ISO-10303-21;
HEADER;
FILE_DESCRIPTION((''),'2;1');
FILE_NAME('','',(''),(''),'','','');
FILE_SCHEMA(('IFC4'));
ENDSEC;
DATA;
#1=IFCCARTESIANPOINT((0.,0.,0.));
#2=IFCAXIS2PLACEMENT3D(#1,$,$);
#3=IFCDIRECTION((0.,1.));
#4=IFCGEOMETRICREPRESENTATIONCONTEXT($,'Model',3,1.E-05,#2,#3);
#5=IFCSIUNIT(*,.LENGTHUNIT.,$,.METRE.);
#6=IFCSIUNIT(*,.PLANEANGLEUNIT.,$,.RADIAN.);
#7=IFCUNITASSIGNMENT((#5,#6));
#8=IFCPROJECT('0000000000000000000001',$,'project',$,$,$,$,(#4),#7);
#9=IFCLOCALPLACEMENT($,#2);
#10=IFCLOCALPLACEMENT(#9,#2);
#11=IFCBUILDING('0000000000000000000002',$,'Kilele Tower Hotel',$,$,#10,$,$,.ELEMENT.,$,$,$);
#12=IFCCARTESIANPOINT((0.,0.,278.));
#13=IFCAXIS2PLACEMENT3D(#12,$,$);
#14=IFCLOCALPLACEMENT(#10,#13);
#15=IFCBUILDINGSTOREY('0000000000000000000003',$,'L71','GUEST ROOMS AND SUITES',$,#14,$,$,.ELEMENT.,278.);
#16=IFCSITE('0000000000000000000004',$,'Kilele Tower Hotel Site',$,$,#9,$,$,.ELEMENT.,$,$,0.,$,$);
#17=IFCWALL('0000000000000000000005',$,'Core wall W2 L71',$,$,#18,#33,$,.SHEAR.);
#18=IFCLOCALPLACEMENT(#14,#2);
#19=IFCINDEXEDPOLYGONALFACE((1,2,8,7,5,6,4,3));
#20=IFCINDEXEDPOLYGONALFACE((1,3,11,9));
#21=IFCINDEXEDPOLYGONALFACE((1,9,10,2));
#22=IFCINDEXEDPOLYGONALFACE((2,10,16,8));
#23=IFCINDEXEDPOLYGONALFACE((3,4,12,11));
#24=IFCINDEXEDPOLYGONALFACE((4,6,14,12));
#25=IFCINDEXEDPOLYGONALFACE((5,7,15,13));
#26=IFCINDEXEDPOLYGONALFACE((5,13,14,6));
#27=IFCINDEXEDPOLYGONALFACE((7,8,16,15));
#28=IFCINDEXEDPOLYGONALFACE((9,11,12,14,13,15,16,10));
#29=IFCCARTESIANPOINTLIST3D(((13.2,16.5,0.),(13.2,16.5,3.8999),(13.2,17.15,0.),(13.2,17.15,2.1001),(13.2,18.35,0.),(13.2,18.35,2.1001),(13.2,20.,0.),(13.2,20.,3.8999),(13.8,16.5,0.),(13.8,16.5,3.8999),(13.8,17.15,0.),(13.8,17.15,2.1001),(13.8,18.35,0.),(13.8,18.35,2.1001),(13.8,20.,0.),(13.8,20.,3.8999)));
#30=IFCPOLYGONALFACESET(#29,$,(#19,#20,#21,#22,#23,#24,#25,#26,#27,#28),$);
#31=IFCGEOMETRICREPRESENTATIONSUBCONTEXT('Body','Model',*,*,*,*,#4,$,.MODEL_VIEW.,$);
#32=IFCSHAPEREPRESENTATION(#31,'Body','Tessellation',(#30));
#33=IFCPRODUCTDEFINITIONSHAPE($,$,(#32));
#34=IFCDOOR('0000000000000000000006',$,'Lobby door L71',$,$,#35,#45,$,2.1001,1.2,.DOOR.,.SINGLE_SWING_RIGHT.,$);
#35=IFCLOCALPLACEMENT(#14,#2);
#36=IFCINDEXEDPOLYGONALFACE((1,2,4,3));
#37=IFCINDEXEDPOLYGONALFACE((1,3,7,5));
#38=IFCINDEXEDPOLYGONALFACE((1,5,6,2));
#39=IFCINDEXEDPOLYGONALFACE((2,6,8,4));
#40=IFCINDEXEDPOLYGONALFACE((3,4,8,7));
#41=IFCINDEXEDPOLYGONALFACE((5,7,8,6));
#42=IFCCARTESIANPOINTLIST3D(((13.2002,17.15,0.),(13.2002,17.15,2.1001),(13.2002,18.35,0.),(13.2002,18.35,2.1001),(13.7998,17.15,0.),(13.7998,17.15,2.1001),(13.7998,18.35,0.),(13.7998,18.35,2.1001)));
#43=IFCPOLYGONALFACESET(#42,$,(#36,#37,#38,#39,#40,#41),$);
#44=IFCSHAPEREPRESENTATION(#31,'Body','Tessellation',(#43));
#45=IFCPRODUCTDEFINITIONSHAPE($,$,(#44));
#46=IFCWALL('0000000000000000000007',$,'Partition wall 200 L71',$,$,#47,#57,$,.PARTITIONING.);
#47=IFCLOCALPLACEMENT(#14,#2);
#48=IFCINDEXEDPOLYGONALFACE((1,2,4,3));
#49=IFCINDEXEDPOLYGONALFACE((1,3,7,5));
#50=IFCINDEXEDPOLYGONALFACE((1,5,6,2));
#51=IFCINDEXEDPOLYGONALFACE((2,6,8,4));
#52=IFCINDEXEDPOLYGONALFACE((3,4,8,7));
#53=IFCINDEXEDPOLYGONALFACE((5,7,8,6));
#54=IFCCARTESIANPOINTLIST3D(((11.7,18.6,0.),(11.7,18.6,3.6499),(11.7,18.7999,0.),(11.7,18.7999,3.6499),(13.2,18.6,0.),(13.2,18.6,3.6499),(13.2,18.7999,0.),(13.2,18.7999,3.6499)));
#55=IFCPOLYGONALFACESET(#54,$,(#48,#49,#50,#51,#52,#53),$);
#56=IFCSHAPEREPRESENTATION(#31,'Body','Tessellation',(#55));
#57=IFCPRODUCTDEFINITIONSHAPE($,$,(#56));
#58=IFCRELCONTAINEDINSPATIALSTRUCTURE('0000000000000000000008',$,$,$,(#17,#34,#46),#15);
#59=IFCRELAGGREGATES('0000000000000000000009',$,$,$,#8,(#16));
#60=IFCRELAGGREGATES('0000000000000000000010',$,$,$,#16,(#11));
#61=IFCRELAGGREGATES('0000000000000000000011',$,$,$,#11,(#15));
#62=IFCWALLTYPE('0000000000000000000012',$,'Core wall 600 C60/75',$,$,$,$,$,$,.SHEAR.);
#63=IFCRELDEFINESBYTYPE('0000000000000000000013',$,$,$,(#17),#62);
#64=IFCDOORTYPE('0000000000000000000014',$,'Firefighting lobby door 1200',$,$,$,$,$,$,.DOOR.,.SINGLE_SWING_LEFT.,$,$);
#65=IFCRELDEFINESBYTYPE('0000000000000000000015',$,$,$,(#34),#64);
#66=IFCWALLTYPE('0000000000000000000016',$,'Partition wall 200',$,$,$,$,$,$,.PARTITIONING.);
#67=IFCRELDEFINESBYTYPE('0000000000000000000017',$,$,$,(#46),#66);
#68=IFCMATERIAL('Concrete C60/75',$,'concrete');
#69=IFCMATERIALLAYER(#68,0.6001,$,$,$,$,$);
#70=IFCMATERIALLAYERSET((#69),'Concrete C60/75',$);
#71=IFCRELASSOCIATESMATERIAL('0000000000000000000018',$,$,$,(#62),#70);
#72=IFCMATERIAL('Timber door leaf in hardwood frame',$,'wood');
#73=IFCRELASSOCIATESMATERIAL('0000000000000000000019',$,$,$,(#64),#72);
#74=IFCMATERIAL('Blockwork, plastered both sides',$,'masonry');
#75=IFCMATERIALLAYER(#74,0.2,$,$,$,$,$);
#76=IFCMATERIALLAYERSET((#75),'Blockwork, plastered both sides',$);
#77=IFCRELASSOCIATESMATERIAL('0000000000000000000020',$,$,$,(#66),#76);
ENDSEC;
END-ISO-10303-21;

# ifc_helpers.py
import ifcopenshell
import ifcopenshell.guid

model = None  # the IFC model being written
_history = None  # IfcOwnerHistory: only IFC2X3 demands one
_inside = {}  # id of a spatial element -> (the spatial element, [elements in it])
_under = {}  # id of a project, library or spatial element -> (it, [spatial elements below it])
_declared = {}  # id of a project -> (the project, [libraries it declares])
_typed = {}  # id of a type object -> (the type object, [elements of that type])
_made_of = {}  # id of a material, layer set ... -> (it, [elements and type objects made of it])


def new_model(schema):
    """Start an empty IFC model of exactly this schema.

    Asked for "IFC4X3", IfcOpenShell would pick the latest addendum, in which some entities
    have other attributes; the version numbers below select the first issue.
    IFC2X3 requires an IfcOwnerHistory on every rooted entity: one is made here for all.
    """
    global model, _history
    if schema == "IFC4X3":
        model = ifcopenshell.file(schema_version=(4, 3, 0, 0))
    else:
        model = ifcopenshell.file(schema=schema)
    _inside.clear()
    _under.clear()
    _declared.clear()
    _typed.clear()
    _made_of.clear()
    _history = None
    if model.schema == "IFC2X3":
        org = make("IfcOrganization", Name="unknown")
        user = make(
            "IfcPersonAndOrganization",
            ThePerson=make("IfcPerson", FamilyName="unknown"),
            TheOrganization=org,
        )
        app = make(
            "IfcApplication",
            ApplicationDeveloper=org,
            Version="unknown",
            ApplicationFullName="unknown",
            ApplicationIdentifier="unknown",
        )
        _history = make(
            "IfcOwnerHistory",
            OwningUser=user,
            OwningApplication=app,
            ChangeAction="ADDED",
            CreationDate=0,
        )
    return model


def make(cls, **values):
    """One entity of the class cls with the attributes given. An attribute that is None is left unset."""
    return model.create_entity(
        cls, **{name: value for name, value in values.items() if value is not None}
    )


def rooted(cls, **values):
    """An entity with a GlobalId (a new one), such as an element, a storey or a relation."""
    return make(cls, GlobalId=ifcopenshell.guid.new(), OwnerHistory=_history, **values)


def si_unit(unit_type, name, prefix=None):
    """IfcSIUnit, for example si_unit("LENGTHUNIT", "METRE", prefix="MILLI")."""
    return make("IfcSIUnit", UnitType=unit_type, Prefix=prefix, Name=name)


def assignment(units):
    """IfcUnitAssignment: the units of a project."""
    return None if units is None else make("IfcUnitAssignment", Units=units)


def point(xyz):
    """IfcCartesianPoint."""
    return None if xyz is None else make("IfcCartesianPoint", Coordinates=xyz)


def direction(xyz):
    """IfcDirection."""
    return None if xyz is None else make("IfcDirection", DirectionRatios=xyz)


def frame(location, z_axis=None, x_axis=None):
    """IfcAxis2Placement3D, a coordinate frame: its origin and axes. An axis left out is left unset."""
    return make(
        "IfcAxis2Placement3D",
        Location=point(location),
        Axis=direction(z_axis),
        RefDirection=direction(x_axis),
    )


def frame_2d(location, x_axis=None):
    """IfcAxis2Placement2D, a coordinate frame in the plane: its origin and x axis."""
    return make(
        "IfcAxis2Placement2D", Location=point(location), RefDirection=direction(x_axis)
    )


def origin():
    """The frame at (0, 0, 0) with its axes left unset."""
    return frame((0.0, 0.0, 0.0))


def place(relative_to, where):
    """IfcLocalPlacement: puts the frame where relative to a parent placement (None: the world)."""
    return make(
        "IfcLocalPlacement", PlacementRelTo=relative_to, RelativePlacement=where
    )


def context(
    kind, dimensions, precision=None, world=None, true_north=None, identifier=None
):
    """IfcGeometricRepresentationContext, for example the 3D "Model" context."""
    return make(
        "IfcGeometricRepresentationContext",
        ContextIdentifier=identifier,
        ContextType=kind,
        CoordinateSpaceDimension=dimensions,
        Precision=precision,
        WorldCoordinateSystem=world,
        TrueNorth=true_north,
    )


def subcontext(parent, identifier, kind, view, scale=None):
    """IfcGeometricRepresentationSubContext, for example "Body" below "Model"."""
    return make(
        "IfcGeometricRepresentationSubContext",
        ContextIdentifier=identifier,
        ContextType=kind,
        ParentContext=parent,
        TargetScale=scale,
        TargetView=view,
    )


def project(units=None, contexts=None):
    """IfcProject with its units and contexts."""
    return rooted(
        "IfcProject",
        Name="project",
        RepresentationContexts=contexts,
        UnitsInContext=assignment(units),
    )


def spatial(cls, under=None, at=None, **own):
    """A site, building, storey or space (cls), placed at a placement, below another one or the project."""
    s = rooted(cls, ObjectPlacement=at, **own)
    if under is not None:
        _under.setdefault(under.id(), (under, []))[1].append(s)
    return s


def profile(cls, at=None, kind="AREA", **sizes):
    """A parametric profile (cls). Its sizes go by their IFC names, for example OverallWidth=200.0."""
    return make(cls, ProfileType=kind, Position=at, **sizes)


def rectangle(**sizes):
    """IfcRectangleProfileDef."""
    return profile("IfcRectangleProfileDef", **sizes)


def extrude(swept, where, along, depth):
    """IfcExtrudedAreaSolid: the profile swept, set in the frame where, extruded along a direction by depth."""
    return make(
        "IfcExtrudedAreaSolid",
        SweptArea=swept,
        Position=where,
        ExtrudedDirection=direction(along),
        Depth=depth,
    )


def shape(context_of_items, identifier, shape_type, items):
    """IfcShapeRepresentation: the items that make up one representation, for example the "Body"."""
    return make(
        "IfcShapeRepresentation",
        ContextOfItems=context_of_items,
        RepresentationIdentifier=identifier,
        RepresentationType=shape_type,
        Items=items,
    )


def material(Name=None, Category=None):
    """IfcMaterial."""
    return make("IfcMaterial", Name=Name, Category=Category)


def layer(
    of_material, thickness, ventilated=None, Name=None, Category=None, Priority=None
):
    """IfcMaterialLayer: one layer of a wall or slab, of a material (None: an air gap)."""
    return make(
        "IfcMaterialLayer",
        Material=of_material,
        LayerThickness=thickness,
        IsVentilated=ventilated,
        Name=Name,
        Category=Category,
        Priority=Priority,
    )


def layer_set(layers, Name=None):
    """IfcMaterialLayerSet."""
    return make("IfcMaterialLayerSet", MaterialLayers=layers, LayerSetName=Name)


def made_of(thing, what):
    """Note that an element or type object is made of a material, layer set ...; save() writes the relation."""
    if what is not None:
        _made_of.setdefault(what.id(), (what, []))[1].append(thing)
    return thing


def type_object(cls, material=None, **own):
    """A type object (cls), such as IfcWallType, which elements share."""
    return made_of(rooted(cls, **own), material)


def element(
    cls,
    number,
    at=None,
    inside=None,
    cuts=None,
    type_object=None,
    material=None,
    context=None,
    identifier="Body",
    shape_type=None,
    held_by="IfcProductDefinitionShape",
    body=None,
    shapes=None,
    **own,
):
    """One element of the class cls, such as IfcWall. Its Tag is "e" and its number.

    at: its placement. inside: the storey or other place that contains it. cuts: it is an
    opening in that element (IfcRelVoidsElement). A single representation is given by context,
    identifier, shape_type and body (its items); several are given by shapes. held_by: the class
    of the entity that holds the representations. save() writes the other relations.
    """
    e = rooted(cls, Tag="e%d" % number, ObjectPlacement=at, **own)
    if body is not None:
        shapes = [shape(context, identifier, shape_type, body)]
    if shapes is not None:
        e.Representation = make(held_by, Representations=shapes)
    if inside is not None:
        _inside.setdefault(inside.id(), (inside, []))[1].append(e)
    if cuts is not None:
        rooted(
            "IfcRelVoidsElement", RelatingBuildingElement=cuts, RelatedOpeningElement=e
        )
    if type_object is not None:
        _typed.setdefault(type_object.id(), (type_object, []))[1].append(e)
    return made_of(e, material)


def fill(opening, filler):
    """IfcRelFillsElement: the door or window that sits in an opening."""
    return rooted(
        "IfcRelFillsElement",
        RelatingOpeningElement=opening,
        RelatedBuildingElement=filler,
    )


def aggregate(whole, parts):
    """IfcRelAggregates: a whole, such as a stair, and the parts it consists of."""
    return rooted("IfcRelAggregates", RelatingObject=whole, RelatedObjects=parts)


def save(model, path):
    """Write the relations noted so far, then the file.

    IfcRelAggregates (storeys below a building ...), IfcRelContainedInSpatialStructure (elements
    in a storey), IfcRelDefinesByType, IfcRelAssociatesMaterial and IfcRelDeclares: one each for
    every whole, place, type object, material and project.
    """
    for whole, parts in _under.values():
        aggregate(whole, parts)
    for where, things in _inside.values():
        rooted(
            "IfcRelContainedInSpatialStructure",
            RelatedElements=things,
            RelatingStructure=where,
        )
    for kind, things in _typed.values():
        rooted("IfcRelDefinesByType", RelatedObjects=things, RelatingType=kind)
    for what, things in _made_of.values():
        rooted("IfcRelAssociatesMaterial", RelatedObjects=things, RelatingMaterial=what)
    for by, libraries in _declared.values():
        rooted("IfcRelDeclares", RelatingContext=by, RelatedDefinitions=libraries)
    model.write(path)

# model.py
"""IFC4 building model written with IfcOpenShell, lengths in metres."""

from ifc_helpers import new_model, si_unit, direction, frame, frame_2d, origin, place, context, subcontext, project, spatial, rectangle, extrude, material, layer, layer_set, type_object, element, fill, save


model = new_model("IFC4")

# Units and contexts
model_context = context("Model", 3, precision=1e-05, world=origin(), true_north=direction((0.0, 1.0)))
body_context = subcontext(model_context, "Body", "Model", "MODEL_VIEW")
ifc_project = project(units=[si_unit("LENGTHUNIT", "METRE"), si_unit("PLANEANGLEUNIT", "RADIAN")], contexts=[model_context])

# Site, building, storey
site_placement = place(None, origin())
site = spatial("IfcSite", under=ifc_project, at=site_placement, Name="Kilele Tower Hotel Site", CompositionType="ELEMENT", RefElevation=0.0)
building_placement = place(site_placement, origin())
building = spatial("IfcBuilding", under=site, at=building_placement, Name="Kilele Tower Hotel", CompositionType="ELEMENT")
storey_placement = place(building_placement, frame((0.0, 0.0, 278.0)))
storey = spatial("IfcBuildingStorey", under=building, at=storey_placement, Name="L71", Description="GUEST ROOMS AND SUITES", CompositionType="ELEMENT", Elevation=278.0)

# Shared definitions
ifc_material_1 = material(Name="Concrete C60/75", Category="concrete")
ifc_layer_1 = layer(ifc_material_1, 0.6001)
ifc_layer_set_1 = layer_set([ifc_layer_1], Name="Concrete C60/75")
wall_type_1 = type_object("IfcWallType", Name="Core wall 600 C60/75", PredefinedType="SHEAR", material=ifc_layer_set_1)

# Wall, opening, door
wall_1_placement = place(storey_placement, frame((13.5, 20.0, 0.0), z_axis=(0.0, 0.0, 1.0), x_axis=(0.0, -1.0, 0.0)))
wall_1 = element("IfcWall", 1, at=wall_1_placement, inside=storey, type_object=wall_type_1, Name="Core wall W2 L71", PredefinedType="SHEAR", context=body_context, shape_type="SweptSolid", body=[
    extrude(rectangle(XDim=3.5, YDim=0.6001, at=frame_2d((1.75, 0.0))), origin(), (0.0, 0.0, 1.0), 3.8999),
])
opening_1_placement = place(wall_1_placement, frame((1.6499, 0.0, 0.0)))
opening_1 = element("IfcOpeningElement", 2, at=opening_1_placement, cuts=wall_1, PredefinedType="OPENING", context=body_context, shape_type="SweptSolid", body=[
    extrude(rectangle(XDim=1.2, YDim=2.1001, at=frame_2d((0.6001, 1.05))), frame((0.0, 0.3101, 0.0), z_axis=(0.0, -1.0, 0.0), x_axis=(1.0, 0.0, 0.0)), (0.0, 0.0, 1.0), 0.6201),
])
ifc_material_2 = material(Name="Timber door leaf in hardwood frame", Category="wood")
door_type_1 = type_object("IfcDoorType", Name="Firefighting lobby door 1200", OperationType="SINGLE_SWING_LEFT", PredefinedType="DOOR", material=ifc_material_2)
door_1_placement = place(opening_1_placement, origin())
door_1 = element("IfcDoor", 3, at=door_1_placement, inside=storey, type_object=door_type_1, Name="Lobby door L71", OperationType="SINGLE_SWING_RIGHT", OverallHeight=2.1001, OverallWidth=1.2, PredefinedType="DOOR", context=body_context, shape_type="SweptSolid", body=[
    extrude(rectangle(XDim=1.2, YDim=2.1001, at=frame_2d((0.6001, 1.05))), frame((0.0, 0.2998, 0.0), z_axis=(0.0, -1.0, 0.0), x_axis=(1.0, 0.0, 0.0)), (0.0, 0.0, 1.0), 0.5996),
])
fill(opening_1, door_1)

# Wall
ifc_material_3 = material(Name="Blockwork, plastered both sides", Category="masonry")
ifc_layer_2 = layer(ifc_material_3, 0.2)
ifc_layer_set_2 = layer_set([ifc_layer_2], Name="Blockwork, plastered both sides")
wall_type_2 = type_object("IfcWallType", Name="Partition wall 200", PredefinedType="PARTITIONING", material=ifc_layer_set_2)
wall_2_placement = place(storey_placement, frame((13.2, 18.7, 0.0), z_axis=(0.0, 0.0, 1.0), x_axis=(-1.0, 0.0, 0.0)))
element("IfcWall", 4, at=wall_2_placement, inside=storey, type_object=wall_type_2, Name="Partition wall 200 L71", PredefinedType="PARTITIONING", context=body_context, shape_type="SweptSolid", body=[
    extrude(rectangle(XDim=1.5, YDim=0.2, at=frame_2d((0.75, 0.0))), origin(), (0.0, 0.0, 1.0), 3.6499),
])

save(model, "model.ifc")
